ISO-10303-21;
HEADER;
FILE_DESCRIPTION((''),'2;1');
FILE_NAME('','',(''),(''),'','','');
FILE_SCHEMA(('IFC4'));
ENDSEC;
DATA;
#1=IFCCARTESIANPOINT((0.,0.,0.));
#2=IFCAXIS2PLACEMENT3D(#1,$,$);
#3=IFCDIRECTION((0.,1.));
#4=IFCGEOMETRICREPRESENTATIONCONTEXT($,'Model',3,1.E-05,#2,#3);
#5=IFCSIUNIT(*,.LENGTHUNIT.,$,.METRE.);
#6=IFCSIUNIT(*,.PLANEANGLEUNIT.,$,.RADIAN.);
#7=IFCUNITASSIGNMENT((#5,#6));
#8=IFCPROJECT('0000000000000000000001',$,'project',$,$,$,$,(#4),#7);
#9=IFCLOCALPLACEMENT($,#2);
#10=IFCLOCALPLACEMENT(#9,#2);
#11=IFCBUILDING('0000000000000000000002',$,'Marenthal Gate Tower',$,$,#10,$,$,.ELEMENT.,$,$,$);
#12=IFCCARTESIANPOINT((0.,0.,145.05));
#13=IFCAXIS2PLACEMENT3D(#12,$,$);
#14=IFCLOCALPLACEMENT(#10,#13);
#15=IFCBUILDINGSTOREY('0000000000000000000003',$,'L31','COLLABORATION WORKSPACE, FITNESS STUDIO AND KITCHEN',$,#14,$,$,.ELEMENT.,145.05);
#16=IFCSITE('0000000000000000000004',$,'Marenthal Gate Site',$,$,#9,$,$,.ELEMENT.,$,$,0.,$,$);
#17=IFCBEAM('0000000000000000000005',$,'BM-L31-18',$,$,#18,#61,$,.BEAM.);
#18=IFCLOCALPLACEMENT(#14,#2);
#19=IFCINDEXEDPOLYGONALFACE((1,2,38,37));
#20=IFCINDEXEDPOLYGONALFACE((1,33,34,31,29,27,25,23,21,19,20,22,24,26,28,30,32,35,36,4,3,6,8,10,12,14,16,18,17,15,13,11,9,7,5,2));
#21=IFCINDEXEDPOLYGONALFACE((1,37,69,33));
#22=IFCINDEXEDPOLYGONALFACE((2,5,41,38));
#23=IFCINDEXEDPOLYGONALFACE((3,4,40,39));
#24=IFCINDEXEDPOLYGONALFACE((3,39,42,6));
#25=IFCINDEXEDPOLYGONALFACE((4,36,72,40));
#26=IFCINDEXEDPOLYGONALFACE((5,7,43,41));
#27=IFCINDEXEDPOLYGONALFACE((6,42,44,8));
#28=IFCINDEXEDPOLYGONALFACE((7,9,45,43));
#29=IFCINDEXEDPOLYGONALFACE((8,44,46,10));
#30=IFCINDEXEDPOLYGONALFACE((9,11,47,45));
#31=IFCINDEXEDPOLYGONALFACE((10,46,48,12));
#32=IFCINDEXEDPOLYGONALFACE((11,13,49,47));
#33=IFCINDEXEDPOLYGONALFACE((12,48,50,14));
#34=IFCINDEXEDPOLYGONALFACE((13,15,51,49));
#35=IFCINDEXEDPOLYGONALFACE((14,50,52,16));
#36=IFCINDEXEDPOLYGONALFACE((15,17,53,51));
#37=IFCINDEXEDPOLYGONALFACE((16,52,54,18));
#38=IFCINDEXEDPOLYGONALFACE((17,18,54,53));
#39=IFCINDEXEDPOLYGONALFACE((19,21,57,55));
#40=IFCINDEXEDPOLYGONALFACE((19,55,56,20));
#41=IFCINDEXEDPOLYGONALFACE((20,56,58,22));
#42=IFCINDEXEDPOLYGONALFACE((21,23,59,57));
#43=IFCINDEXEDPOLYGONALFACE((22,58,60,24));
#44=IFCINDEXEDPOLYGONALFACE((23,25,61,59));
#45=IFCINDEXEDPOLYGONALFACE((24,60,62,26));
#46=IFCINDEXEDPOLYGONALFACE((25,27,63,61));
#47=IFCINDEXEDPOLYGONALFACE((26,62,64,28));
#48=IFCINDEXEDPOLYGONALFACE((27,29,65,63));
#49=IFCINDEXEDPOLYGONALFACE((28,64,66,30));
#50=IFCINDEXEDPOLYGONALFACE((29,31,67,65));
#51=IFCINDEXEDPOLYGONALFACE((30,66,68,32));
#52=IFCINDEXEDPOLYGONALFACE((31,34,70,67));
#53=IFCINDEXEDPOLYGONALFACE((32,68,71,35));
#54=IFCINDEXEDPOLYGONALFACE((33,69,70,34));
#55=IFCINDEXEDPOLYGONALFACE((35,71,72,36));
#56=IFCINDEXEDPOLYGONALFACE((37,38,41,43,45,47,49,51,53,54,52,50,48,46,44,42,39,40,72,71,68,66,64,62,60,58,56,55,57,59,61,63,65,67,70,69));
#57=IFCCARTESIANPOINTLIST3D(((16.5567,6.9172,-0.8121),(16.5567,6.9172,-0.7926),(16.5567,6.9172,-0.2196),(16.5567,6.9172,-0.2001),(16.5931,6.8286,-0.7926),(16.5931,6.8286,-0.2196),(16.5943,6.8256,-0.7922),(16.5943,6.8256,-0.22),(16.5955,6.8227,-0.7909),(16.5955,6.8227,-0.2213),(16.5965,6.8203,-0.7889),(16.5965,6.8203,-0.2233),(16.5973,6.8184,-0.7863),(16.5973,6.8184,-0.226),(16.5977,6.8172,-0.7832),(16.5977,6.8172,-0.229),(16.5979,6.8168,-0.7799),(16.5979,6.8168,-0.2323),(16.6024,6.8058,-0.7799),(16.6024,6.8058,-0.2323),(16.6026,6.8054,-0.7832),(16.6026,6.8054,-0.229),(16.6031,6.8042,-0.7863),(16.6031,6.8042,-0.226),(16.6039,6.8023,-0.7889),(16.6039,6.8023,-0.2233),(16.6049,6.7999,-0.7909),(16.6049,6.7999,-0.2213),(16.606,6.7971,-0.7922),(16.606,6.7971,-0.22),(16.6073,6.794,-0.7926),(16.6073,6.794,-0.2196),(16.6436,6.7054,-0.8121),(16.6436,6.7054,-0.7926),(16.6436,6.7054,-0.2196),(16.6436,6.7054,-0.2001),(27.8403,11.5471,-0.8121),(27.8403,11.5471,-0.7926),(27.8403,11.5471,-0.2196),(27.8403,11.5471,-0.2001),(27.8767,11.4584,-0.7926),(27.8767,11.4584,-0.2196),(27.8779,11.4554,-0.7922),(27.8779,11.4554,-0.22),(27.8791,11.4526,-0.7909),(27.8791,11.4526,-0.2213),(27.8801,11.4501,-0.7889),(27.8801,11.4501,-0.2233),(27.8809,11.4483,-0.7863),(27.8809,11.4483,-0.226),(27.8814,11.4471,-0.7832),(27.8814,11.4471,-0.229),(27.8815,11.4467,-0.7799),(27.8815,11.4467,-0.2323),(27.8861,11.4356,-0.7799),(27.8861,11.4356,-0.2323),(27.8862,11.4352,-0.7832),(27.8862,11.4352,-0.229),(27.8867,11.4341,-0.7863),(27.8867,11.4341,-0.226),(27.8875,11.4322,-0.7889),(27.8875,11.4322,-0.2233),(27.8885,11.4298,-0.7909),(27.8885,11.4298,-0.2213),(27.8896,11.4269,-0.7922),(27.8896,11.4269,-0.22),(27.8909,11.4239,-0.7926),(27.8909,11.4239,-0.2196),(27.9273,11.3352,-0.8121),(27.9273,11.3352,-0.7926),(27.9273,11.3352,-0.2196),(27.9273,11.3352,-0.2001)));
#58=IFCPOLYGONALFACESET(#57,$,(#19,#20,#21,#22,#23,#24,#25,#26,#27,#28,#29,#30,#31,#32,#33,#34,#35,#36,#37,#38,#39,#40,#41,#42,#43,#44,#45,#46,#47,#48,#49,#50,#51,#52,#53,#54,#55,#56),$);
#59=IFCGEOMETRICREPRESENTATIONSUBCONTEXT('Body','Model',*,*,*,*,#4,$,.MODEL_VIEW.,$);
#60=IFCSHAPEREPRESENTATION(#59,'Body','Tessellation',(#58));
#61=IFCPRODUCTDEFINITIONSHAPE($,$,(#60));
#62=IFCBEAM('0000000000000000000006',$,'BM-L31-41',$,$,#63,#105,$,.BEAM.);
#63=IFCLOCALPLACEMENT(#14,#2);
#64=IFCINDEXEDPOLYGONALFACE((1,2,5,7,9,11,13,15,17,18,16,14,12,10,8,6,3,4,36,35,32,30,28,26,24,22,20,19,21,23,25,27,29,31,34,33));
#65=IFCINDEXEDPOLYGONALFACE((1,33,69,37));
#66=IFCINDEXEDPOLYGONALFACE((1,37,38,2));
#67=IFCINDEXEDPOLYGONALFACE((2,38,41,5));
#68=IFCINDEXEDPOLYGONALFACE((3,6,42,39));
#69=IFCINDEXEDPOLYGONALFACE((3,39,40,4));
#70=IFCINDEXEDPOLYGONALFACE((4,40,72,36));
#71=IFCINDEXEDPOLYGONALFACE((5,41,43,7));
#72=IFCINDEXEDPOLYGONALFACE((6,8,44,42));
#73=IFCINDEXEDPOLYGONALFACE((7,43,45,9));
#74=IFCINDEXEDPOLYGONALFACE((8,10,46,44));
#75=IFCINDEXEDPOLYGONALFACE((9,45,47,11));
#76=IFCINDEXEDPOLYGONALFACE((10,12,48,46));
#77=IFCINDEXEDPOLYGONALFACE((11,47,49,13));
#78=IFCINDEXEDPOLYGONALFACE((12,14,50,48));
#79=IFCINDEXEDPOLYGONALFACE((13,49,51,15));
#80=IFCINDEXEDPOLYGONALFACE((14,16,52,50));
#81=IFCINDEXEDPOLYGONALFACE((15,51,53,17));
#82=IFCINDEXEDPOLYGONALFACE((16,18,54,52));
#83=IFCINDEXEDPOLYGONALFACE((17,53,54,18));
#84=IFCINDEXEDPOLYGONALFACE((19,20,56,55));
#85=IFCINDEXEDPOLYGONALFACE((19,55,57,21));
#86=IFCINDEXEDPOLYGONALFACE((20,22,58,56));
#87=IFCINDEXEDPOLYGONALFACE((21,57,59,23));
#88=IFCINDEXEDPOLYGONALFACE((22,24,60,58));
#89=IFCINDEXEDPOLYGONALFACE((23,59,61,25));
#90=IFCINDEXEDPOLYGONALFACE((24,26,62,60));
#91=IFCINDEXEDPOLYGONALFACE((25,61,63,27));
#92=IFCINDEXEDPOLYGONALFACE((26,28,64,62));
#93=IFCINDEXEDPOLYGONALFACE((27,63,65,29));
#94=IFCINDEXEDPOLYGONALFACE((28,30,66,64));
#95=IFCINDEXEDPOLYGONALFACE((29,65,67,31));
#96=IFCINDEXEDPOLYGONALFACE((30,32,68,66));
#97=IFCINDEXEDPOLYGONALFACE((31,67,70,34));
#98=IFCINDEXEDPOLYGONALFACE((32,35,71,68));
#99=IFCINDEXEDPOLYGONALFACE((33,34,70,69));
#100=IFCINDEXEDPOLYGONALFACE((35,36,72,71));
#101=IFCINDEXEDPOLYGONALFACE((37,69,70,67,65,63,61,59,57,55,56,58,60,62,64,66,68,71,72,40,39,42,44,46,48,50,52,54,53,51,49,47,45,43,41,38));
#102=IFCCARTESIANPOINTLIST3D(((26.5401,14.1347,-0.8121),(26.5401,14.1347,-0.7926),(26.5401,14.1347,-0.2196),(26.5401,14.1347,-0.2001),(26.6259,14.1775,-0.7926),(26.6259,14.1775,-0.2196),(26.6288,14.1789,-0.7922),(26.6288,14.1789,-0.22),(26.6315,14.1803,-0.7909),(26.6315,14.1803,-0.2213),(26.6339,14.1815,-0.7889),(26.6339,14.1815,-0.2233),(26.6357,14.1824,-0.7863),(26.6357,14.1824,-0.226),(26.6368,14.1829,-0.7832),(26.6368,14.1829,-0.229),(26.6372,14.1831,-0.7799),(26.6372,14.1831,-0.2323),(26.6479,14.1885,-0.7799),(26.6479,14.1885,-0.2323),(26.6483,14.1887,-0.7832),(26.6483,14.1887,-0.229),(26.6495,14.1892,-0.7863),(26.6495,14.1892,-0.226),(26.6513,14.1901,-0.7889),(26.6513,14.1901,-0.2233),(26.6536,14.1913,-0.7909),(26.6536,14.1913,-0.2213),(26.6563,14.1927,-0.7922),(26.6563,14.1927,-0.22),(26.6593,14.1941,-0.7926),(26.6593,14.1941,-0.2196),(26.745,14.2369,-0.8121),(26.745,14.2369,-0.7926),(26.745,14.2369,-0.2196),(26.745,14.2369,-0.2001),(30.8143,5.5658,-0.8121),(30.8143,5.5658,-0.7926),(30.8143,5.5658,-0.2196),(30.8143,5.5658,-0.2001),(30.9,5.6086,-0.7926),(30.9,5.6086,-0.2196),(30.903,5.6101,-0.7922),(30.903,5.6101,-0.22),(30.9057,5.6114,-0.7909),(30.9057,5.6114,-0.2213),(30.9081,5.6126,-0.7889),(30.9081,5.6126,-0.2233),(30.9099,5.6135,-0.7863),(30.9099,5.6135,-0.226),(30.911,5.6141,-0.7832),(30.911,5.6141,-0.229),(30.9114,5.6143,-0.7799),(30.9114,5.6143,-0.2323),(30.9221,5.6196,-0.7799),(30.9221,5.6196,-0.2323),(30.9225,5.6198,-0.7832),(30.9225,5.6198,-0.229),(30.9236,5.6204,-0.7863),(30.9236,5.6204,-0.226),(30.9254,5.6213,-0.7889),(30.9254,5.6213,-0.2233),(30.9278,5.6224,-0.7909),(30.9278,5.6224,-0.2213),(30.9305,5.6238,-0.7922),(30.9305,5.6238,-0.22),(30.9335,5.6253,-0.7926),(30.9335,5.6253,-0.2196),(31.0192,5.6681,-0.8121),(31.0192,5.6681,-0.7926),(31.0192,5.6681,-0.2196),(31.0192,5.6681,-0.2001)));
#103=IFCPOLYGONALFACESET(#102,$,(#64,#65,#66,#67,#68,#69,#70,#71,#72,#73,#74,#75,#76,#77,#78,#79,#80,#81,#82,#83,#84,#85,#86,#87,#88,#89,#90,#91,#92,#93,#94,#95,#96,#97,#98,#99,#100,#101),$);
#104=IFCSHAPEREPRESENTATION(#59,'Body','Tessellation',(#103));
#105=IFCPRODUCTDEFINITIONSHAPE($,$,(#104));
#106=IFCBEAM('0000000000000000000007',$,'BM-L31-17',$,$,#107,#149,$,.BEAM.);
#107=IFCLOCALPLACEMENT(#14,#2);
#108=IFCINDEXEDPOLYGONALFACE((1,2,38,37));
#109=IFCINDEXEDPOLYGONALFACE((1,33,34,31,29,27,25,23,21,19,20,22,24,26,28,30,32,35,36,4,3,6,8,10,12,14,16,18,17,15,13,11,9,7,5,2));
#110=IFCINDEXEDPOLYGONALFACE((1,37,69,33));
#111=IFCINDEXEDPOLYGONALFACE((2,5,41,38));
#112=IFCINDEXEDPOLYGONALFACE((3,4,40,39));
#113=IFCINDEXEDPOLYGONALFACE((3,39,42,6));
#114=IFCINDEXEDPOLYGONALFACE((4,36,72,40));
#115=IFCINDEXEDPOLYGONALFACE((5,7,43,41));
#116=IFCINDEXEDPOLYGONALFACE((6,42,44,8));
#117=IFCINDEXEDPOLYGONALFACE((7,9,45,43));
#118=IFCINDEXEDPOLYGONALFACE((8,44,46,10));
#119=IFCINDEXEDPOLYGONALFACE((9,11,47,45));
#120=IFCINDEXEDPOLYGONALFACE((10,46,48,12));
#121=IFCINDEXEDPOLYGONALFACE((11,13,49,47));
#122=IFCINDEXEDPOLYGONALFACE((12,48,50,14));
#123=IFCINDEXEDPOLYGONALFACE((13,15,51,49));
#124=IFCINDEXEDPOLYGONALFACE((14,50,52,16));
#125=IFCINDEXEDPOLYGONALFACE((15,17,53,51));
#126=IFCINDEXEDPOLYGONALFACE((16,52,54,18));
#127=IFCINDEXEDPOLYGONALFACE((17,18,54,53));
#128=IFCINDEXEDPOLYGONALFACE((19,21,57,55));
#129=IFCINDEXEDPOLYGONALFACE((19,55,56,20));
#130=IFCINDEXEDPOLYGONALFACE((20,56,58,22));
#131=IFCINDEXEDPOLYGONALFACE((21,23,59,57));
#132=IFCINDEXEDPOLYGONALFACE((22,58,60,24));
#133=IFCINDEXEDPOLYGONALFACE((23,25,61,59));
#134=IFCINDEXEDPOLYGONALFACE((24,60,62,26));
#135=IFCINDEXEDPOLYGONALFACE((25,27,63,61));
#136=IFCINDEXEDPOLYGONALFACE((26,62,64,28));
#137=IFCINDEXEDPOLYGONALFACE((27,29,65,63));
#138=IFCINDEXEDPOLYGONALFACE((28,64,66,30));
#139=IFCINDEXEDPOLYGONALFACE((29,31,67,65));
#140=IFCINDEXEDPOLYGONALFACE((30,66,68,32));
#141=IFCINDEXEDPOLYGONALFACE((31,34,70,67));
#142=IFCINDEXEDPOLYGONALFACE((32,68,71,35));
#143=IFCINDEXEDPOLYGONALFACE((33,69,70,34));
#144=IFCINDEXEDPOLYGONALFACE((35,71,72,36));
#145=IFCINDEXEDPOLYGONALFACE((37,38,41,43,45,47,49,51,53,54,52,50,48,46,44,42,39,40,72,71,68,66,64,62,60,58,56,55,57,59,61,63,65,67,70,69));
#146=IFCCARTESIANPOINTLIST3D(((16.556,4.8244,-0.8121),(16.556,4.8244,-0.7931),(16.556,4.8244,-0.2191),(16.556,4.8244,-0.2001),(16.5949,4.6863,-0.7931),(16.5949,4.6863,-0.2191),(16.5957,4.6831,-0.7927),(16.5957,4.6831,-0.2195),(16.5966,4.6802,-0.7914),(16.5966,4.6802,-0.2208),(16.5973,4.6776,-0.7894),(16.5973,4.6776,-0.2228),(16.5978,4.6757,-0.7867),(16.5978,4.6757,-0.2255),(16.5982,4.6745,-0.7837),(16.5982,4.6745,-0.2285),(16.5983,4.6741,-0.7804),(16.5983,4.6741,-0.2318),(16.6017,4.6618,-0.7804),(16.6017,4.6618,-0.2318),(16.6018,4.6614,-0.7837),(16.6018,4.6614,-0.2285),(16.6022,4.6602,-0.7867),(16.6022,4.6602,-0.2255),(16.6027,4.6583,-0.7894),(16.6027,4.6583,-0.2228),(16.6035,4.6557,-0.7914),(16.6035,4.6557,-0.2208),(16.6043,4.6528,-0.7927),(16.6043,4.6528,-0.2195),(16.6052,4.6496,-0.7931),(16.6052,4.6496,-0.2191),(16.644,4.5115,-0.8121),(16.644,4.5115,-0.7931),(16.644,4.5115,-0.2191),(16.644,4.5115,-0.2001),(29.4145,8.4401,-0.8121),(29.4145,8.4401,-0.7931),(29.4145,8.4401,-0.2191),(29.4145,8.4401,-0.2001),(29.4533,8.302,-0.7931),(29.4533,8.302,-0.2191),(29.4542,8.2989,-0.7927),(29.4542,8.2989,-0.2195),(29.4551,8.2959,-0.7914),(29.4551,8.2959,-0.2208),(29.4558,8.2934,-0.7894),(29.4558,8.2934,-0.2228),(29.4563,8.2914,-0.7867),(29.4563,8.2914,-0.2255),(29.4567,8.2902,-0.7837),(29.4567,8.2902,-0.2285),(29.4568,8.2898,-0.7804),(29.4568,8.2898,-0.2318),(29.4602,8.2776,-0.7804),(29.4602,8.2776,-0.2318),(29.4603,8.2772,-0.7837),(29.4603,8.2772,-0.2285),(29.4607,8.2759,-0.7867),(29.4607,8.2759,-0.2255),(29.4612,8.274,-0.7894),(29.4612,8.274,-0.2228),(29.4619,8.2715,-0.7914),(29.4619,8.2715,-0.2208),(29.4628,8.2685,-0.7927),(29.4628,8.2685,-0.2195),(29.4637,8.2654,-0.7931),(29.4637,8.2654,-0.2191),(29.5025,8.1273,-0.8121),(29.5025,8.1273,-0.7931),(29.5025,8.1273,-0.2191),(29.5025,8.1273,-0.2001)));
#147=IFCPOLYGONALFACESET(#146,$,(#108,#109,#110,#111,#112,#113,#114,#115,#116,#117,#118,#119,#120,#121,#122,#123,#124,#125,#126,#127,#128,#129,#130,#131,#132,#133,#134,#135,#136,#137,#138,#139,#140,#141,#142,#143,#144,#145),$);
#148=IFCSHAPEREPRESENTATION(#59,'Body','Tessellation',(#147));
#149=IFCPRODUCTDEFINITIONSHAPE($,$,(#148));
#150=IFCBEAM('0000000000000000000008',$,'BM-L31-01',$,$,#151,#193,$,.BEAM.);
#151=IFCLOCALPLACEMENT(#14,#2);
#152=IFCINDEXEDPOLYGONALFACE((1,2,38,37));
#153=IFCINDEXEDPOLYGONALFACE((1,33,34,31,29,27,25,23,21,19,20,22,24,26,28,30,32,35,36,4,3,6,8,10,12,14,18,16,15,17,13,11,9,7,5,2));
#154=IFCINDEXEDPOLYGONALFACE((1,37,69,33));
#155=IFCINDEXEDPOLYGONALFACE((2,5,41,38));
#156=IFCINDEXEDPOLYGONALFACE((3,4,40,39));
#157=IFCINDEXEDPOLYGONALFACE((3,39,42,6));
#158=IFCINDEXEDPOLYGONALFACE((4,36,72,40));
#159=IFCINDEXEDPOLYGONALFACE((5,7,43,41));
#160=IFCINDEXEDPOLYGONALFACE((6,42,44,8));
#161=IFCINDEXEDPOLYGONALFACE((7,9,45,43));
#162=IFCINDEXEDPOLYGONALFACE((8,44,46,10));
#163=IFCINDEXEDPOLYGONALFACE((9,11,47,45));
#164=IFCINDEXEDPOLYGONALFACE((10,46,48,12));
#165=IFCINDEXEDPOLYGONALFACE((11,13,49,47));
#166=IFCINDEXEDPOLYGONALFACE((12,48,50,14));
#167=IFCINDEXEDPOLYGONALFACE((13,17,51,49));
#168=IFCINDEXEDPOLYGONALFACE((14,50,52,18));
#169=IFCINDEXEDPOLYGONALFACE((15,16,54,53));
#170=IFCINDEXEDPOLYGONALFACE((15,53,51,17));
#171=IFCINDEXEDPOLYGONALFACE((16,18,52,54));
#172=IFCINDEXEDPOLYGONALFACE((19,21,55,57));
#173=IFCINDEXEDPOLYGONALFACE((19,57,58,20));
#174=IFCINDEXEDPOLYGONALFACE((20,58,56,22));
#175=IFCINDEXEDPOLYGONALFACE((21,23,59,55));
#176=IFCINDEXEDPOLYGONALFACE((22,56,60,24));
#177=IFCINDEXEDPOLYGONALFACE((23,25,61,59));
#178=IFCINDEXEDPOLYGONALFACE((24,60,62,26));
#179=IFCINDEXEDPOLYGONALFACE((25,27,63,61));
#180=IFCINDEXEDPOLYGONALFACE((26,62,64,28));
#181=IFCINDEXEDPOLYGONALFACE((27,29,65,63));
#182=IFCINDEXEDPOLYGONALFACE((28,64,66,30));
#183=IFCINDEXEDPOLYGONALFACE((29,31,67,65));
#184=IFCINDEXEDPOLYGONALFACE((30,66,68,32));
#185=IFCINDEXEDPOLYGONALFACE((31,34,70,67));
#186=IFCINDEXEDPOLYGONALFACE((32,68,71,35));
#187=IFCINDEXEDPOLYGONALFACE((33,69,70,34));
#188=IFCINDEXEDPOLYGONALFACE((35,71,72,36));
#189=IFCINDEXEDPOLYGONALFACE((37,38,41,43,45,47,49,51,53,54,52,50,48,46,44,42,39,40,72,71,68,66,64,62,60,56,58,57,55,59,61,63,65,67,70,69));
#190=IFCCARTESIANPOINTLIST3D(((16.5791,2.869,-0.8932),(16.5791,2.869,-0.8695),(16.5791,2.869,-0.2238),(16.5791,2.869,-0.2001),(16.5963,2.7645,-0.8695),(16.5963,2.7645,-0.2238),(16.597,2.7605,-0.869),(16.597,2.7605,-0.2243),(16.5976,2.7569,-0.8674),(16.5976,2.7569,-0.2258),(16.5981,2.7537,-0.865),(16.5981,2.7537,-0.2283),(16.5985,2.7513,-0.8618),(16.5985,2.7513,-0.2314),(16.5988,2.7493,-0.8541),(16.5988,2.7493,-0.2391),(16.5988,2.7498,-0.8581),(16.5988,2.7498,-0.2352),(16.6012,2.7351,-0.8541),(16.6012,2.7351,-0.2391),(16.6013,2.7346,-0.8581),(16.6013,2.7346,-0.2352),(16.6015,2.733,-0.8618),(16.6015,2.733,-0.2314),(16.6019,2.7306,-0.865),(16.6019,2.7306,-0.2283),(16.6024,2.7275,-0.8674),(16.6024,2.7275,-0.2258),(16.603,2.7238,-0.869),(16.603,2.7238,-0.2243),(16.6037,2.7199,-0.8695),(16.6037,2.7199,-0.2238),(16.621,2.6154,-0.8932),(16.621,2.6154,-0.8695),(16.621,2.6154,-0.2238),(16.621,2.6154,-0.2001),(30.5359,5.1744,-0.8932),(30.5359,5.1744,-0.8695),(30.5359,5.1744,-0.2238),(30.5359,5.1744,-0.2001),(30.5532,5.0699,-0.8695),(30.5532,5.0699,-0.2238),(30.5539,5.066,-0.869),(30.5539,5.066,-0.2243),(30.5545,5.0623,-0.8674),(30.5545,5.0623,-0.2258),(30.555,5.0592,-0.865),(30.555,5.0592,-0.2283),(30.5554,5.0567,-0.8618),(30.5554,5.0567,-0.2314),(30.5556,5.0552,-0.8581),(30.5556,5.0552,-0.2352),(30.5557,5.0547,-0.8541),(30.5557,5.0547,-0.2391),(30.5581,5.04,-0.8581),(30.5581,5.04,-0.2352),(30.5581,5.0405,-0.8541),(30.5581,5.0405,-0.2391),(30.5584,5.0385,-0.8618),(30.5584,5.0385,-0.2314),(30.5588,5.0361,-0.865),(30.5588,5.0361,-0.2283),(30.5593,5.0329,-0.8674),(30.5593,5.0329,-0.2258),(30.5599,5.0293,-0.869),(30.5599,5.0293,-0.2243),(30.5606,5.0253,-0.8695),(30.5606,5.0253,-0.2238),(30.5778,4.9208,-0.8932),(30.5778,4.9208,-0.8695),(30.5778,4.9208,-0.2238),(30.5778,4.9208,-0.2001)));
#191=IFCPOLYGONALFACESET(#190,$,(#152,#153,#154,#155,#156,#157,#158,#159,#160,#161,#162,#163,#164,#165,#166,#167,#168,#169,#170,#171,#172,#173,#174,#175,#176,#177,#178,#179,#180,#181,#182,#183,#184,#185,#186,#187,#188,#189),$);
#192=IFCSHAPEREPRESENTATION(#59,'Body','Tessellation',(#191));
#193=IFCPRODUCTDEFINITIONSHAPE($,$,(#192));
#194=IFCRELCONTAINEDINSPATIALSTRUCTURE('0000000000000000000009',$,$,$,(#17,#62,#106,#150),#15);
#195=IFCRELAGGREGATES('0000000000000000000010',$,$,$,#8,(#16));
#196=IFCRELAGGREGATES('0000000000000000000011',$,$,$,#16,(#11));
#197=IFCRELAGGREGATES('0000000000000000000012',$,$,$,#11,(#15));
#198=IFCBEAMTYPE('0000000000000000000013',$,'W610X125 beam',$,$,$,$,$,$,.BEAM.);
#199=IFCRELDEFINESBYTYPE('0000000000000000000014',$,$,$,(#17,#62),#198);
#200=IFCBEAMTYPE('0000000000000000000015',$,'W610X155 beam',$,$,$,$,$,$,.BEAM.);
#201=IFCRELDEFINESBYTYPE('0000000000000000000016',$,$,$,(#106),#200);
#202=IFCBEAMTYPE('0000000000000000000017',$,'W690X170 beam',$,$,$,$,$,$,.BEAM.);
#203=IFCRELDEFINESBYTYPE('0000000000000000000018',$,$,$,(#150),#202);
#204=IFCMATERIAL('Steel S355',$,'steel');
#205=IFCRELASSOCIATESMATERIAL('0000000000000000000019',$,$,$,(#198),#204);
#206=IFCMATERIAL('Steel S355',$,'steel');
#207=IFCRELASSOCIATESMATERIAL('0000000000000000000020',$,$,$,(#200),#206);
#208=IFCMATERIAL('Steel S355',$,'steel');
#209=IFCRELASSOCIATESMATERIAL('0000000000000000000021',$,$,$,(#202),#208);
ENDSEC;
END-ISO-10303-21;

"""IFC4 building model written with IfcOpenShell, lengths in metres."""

from ifc_helpers import new_model, si_unit, direction, frame, origin, origin_2d, place, context, subcontext, project, spatial, i_section, extrude, material, material_profile, profile_set, type_object, element, save


model = new_model("IFC4")

# Units and contexts
model_context = context("Model", 3, precision=1e-05, world=origin(), true_north=direction((0.0, 1.0)))
body_context = subcontext(model_context, "Body", "Model", "MODEL_VIEW")
ifc_project = project(units=[si_unit("LENGTHUNIT", "METRE"), si_unit("PLANEANGLEUNIT", "RADIAN")], contexts=[model_context])

# Site, building, storey
site_placement = place(None, origin())
site = spatial("IfcSite", under=ifc_project, at=site_placement, Name="Marenthal Gate Site", CompositionType="ELEMENT", RefElevation=0.0)
building_placement = place(site_placement, origin())
building = spatial("IfcBuilding", under=site, at=building_placement, Name="Marenthal Gate Tower", CompositionType="ELEMENT")
storey_placement = place(building_placement, frame((0.0, 0.0, 145.05)))
storey = spatial("IfcBuildingStorey", under=building, at=storey_placement, Name="L31", Description="COLLABORATION WORKSPACE, FITNESS STUDIO AND KITCHEN", CompositionType="ELEMENT", Elevation=145.05)

# Beams
ifc_material_1 = material(Name="Steel S355", Category="steel")
ifc_material_profile_1 = material_profile(ifc_material_1, i_section(OverallWidth=0.229, OverallDepth=0.6121, WebThickness=0.012, FlangeThickness=0.0195, FilletRadius=0.0127, at=origin_2d()), Name="W610X125")
ifc_profile_set_1 = profile_set([ifc_material_profile_1], Name="Steel S355")
beam_type_1 = type_object("IfcBeamType", Name="W610X125 beam", PredefinedType="BEAM", material=ifc_profile_set_1)
beam_1_placement = place(storey_placement, frame((27.8838, 11.4412, -0.5061), z_axis=(-0.925149, -0.379604, 0.0), x_axis=(0.379604, -0.925149, 0.0)))
element("IfcBeam", 1, at=beam_1_placement, inside=storey, type_object=beam_type_1, Name="BM-L31-18", PredefinedType="BEAM", context=body_context, shape_type="SweptSolid", body=[
    extrude(i_section(OverallWidth=0.229, OverallDepth=0.6121, WebThickness=0.012, FlangeThickness=0.0195, FilletRadius=0.0127, at=origin_2d()), origin(), (0.0, 0.0, 1.0), 12.1965),
])
beam_2_placement = place(storey_placement, frame((30.9167, 5.6169, -0.5061), z_axis=(-0.446357, 0.894855, 0.0), x_axis=(-0.894855, -0.446357, 0.0)))
element("IfcBeam", 2, at=beam_2_placement, inside=storey, type_object=beam_type_1, Name="BM-L31-41", PredefinedType="BEAM", context=body_context, shape_type="SweptSolid", body=[
    extrude(i_section(OverallWidth=0.229, OverallDepth=0.6121, WebThickness=0.012, FlangeThickness=0.0195, FilletRadius=0.0127, at=origin_2d()), origin(), (0.0, 0.0, 1.0), 9.5757),
])
ifc_material_2 = material(Name="Steel S355", Category="steel")
ifc_material_profile_2 = material_profile(ifc_material_2, i_section(OverallWidth=0.325, OverallDepth=0.6121, WebThickness=0.0127, FlangeThickness=0.019, FilletRadius=0.0127, at=origin_2d()), Name="W610X155")
ifc_profile_set_2 = profile_set([ifc_material_profile_2], Name="Steel S355")
beam_type_2 = type_object("IfcBeamType", Name="W610X155 beam", PredefinedType="BEAM", material=ifc_profile_set_2)
beam_3_placement = place(storey_placement, frame((29.4585, 8.2837, -0.5061), z_axis=(-0.962665, -0.270697, 0.0), x_axis=(0.270697, -0.962665, 0.0)))
element("IfcBeam", 3, at=beam_3_placement, inside=storey, type_object=beam_type_2, Name="BM-L31-17", PredefinedType="BEAM", context=body_context, shape_type="SweptSolid", body=[
    extrude(i_section(OverallWidth=0.325, OverallDepth=0.6121, WebThickness=0.0127, FlangeThickness=0.019, FilletRadius=0.0127, at=origin_2d()), origin(), (0.0, 0.0, 1.0), 13.3572),
])
ifc_material_3 = material(Name="Steel S355", Category="steel")
ifc_material_profile_3 = material_profile(ifc_material_3, i_section(OverallWidth=0.2571, OverallDepth=0.6931, WebThickness=0.0144, FlangeThickness=0.0237, FilletRadius=0.0154, at=origin_2d()), Name="W690X170")
ifc_profile_set_3 = profile_set([ifc_material_profile_3], Name="Steel S355")
beam_type_3 = type_object("IfcBeamType", Name="W690X170 beam", PredefinedType="BEAM", material=ifc_profile_set_3)
beam_4_placement = place(storey_placement, frame((30.5569, 5.0476, -0.5466), z_axis=(-0.98663, -0.162974, 0.0), x_axis=(0.162974, -0.98663, 0.0)))
element("IfcBeam", 4, at=beam_4_placement, inside=storey, type_object=beam_type_3, Name="BM-L31-01", PredefinedType="BEAM", context=body_context, shape_type="SweptSolid", body=[
    extrude(i_section(OverallWidth=0.2571, OverallDepth=0.6931, WebThickness=0.0144, FlangeThickness=0.0237, FilletRadius=0.0154, at=origin_2d()), origin(), (0.0, 0.0, 1.0), 14.146),
])

save(model, "model.ifc")
